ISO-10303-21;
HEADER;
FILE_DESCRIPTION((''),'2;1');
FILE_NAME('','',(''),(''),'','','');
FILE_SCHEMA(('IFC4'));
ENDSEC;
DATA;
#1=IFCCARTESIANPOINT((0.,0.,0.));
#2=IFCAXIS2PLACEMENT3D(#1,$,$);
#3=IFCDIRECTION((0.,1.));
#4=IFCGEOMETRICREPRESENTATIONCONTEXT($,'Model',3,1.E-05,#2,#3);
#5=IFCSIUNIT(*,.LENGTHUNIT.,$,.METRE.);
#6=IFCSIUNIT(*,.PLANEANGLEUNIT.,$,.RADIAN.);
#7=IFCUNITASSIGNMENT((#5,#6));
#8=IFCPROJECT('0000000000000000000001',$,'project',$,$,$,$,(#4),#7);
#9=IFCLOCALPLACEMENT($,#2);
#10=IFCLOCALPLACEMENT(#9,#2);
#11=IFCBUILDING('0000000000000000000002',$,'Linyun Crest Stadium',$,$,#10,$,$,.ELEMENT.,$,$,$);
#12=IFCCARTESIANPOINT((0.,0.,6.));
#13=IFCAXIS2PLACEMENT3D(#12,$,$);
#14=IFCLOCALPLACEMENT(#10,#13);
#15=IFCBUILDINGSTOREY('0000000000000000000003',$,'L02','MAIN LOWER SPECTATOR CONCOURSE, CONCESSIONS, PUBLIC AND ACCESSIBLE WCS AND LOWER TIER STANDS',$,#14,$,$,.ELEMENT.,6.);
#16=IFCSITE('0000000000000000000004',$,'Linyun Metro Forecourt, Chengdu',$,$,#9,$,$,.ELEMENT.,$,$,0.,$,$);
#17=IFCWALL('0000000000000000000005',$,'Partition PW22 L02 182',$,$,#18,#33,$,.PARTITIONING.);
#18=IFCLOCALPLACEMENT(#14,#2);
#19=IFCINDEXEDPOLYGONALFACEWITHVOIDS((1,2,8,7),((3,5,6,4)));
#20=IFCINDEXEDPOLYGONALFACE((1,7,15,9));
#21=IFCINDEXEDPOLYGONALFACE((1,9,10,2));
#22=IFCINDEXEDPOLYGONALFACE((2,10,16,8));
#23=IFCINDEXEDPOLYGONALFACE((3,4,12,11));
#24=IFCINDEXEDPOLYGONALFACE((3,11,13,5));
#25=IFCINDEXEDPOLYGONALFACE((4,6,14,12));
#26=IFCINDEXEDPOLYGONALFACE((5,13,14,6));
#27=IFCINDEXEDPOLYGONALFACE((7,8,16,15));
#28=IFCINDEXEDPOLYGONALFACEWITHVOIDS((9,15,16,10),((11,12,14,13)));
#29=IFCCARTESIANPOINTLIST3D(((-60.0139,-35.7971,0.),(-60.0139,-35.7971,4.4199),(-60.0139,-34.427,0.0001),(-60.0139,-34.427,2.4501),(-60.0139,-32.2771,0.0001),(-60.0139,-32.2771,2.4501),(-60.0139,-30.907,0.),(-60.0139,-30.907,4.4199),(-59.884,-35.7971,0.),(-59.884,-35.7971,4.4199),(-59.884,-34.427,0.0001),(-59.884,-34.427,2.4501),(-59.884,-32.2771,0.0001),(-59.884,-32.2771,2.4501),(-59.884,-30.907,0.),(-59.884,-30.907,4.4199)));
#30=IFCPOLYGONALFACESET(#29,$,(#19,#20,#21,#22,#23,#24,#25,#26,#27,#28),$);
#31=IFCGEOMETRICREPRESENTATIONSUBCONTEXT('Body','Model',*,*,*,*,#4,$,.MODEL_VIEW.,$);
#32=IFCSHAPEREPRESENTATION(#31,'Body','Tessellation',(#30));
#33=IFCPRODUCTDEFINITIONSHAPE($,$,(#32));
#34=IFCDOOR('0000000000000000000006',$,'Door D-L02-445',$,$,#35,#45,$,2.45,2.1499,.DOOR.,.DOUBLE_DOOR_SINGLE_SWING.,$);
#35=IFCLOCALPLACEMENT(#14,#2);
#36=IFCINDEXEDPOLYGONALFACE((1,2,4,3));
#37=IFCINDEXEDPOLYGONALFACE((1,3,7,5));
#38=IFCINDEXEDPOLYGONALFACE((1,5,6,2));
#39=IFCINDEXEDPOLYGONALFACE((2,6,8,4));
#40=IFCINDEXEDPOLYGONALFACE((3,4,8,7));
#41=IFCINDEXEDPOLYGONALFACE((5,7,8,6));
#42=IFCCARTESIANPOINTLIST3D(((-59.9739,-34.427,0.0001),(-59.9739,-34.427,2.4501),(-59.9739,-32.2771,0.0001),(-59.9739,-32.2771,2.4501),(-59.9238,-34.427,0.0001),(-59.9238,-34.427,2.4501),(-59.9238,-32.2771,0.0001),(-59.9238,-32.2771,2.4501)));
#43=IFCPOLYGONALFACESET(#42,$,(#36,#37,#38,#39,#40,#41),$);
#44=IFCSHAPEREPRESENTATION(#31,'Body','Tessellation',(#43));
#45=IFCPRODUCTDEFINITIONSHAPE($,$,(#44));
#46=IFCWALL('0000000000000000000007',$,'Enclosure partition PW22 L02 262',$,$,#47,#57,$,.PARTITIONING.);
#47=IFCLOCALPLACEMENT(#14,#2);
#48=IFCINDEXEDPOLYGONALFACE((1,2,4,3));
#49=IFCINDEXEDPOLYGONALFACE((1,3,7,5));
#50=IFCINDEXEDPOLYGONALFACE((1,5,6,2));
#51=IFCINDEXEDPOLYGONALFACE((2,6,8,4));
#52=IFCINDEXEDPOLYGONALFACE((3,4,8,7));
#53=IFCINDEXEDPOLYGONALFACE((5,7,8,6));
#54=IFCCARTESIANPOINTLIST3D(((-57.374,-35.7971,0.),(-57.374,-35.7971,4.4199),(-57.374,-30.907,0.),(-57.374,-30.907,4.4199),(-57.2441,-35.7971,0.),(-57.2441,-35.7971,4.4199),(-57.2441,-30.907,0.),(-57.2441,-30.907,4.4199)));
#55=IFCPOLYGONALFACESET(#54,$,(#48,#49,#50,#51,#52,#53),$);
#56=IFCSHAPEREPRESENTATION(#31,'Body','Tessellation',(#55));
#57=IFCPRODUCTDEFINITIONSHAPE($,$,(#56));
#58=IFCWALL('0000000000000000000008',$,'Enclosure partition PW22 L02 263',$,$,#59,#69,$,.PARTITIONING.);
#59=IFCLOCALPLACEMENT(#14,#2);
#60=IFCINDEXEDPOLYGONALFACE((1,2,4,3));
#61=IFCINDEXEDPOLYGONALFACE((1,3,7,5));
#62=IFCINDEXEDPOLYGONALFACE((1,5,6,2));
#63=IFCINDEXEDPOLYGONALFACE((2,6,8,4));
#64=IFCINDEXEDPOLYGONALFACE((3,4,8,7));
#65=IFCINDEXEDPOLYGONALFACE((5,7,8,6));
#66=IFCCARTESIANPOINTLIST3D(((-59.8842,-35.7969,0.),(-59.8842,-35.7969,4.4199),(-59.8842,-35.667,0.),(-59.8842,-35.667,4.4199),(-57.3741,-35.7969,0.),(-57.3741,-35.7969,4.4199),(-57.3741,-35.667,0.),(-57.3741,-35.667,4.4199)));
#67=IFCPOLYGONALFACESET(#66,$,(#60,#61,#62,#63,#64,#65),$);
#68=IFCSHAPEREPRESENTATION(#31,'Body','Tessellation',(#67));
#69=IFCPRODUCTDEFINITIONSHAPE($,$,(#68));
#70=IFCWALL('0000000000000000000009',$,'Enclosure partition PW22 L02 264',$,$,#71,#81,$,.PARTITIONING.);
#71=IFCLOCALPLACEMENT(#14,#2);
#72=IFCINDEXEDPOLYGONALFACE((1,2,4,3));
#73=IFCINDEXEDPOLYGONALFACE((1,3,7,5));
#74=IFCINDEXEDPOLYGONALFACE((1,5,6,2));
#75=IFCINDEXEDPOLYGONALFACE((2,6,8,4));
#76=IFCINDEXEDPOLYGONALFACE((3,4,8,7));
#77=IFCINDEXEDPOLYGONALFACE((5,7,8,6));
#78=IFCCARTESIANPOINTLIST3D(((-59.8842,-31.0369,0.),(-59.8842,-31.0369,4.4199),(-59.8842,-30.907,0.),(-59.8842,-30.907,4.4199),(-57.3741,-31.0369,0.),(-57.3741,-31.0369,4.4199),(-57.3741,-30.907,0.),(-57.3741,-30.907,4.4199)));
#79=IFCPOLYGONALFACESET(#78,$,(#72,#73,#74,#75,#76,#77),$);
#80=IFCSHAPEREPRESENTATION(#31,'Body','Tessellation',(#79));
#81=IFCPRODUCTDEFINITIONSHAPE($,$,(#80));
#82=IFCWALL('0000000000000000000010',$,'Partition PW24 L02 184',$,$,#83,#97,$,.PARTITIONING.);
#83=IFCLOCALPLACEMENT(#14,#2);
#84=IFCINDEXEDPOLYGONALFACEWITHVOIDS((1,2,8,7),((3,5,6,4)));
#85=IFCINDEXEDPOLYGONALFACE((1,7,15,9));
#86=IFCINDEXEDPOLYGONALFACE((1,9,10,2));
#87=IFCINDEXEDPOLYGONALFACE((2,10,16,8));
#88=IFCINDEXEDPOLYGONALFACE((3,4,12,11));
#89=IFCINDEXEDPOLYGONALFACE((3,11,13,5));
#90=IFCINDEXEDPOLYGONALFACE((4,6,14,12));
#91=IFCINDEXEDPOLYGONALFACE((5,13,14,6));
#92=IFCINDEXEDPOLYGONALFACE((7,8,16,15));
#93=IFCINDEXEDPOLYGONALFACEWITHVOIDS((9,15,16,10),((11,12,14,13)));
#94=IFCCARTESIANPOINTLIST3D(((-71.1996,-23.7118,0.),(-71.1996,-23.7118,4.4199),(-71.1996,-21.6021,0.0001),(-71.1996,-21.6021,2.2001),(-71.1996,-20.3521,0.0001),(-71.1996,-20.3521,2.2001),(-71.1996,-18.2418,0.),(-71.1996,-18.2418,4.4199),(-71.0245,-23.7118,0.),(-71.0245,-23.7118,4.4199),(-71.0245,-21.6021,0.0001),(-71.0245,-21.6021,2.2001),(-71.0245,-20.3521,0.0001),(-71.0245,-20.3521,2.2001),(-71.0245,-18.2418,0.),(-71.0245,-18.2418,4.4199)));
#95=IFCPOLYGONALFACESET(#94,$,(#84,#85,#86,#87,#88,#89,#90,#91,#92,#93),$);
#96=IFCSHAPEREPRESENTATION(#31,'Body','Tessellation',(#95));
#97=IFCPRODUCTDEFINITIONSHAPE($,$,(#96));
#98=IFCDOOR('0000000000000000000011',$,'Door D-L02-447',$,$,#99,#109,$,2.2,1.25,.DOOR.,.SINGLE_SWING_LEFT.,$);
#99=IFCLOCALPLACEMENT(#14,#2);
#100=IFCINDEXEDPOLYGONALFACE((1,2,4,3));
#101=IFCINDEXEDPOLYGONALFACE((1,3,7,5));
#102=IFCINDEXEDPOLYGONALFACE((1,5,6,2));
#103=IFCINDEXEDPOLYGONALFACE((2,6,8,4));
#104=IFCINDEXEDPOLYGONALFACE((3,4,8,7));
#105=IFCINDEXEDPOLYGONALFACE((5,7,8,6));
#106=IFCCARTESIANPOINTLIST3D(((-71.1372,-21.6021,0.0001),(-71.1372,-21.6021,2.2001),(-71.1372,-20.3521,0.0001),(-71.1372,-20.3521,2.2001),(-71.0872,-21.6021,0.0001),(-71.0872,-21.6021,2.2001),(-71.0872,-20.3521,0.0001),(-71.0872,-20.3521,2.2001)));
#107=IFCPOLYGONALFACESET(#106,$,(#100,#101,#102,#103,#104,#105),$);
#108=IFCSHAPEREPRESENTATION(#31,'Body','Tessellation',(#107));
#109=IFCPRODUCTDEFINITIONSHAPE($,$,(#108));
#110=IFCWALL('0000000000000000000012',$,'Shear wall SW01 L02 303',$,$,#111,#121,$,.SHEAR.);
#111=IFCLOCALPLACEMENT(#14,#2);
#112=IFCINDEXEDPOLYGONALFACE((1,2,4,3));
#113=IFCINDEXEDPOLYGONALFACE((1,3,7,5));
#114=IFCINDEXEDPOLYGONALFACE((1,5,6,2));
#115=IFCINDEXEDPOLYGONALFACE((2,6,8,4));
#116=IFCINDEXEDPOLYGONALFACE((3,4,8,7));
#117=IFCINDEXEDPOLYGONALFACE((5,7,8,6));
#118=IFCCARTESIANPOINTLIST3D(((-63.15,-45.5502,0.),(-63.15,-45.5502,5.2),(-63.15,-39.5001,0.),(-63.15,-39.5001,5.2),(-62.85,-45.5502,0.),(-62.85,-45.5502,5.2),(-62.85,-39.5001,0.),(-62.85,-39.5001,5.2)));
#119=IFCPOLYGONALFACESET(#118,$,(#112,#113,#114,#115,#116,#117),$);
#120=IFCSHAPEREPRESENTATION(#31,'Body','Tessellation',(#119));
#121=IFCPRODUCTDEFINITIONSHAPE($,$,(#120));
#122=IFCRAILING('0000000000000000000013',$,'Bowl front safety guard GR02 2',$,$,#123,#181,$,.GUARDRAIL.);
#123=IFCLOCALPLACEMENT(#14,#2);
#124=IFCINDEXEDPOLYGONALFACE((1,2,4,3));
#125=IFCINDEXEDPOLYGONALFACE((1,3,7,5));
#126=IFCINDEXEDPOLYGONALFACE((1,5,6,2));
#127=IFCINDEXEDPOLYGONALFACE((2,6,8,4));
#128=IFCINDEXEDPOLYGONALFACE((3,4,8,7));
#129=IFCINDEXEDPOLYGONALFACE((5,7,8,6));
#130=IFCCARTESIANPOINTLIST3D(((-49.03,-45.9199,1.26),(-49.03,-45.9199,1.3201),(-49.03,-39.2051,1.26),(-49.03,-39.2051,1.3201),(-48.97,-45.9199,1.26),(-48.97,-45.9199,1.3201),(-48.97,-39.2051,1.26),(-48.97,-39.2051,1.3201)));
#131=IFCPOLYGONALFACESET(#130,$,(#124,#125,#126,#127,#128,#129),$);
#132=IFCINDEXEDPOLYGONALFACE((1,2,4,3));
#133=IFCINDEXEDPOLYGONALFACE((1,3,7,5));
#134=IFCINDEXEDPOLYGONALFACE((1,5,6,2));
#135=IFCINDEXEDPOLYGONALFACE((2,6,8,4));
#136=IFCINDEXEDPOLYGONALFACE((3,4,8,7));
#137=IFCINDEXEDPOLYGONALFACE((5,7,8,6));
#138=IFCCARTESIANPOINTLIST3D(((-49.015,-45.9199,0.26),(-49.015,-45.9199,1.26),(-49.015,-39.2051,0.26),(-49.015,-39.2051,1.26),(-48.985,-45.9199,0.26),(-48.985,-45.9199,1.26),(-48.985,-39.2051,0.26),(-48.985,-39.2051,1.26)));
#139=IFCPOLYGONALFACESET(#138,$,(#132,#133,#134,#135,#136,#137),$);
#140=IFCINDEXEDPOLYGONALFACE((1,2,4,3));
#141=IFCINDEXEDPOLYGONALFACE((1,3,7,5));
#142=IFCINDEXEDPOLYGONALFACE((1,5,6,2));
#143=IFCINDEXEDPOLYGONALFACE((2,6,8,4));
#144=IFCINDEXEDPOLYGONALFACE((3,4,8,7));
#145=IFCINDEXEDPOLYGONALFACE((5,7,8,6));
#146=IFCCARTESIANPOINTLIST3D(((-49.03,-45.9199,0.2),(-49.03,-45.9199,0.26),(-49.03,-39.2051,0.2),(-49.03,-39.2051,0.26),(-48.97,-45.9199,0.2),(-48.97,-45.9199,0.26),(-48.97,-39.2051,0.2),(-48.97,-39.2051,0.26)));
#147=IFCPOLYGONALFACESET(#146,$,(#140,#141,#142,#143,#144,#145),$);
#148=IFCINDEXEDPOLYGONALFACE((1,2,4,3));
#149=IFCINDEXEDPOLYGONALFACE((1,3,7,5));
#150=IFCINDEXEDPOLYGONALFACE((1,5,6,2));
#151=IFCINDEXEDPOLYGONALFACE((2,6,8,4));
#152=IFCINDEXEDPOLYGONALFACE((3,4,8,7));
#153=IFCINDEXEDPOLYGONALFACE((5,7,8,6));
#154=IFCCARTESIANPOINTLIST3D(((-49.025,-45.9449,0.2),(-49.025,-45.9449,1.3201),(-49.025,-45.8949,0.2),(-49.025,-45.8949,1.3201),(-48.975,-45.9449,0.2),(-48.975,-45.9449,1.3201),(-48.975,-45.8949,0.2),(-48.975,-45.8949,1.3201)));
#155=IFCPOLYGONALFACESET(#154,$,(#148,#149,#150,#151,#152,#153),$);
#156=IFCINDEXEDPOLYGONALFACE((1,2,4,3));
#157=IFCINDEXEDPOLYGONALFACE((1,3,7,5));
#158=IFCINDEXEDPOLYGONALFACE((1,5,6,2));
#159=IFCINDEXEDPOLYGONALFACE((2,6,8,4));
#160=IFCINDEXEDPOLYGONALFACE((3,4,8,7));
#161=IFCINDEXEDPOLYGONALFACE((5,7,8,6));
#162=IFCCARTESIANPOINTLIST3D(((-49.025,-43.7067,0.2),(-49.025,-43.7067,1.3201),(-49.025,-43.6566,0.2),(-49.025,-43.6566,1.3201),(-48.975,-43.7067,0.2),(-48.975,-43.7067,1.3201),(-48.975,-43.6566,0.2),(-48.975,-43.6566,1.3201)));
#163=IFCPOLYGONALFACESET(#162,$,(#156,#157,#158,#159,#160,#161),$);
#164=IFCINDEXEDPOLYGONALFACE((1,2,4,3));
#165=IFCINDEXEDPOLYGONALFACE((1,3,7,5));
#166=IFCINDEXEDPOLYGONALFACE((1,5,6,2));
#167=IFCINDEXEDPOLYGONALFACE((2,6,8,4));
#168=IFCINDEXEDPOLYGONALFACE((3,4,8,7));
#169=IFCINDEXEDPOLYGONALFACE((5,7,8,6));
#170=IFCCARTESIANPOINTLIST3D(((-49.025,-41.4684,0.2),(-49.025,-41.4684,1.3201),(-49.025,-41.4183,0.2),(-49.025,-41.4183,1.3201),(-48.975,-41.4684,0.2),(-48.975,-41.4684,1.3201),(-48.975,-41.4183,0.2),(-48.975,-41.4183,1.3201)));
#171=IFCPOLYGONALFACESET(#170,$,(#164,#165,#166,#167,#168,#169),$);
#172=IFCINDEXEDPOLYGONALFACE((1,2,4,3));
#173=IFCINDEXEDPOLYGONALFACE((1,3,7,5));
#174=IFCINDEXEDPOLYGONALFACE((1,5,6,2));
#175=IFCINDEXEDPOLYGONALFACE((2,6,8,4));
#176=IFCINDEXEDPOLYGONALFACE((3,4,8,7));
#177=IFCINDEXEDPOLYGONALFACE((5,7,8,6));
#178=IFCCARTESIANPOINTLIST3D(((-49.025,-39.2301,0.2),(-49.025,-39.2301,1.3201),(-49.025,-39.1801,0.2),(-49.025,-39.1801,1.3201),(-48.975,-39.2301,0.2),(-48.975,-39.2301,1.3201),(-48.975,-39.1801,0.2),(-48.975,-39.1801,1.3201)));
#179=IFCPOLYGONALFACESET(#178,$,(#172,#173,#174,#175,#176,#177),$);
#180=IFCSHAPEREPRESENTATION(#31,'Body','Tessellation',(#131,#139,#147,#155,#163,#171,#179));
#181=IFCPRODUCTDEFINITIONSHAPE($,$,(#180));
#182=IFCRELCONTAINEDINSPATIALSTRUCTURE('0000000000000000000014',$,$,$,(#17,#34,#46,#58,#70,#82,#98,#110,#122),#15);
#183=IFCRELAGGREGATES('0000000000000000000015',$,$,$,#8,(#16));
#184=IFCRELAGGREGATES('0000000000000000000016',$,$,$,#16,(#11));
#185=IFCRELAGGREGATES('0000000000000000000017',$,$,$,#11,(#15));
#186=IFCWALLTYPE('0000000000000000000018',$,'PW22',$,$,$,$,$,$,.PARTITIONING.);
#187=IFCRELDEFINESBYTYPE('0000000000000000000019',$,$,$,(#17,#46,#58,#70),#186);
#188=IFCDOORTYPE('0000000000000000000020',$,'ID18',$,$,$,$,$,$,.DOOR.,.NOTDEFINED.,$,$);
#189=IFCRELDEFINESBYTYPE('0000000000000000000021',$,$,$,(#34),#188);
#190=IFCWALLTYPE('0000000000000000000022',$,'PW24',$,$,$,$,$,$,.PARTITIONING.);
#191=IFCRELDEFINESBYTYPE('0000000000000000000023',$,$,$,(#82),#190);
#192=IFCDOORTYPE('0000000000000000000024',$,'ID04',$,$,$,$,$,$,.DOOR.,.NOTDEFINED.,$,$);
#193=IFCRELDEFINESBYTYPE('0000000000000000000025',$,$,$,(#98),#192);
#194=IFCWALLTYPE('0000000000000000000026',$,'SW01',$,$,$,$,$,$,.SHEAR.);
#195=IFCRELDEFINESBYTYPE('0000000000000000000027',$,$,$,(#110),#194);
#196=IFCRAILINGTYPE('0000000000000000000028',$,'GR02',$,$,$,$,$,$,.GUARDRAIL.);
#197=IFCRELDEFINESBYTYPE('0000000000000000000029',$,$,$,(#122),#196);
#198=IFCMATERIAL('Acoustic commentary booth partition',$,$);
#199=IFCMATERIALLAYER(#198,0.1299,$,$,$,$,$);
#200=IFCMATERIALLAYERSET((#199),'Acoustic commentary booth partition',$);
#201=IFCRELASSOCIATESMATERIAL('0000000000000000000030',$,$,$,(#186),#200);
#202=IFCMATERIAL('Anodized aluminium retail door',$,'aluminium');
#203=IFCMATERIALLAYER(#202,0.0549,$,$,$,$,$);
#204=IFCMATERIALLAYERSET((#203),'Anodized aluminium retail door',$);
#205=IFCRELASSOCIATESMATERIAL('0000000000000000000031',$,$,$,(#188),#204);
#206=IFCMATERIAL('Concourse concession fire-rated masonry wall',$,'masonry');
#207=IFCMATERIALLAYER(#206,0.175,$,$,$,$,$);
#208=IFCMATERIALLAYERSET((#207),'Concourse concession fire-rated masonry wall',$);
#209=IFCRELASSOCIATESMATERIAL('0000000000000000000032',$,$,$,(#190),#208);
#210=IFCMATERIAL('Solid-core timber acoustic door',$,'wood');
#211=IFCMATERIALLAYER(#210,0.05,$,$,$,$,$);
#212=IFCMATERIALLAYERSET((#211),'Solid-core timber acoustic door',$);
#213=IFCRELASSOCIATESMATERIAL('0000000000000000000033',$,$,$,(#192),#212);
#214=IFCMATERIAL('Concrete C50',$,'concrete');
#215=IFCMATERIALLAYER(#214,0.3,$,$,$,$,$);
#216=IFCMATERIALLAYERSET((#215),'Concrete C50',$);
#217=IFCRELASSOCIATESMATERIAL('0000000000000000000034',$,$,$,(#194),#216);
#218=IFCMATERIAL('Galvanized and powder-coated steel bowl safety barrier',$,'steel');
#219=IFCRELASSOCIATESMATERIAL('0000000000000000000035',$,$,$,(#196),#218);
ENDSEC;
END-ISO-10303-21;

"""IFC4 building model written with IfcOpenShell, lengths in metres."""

from ifc_helpers import new_model, si_unit, direction, frame, frame_2d, origin, origin_2d, place, context, subcontext, project, spatial, rectangle, extrude, material, layer, layer_set, type_object, element, fill, save


model = new_model("IFC4")

# Units and contexts
model_context = context("Model", 3, precision=1e-05, world=origin(), true_north=direction((0.0, 1.0)))
body_context = subcontext(model_context, "Body", "Model", "MODEL_VIEW")
ifc_project = project(units=[si_unit("LENGTHUNIT", "METRE"), si_unit("PLANEANGLEUNIT", "RADIAN")], contexts=[model_context])

# Site, building, storey
site_placement = place(None, origin())
site = spatial("IfcSite", under=ifc_project, at=site_placement, Name="Linyun Metro Forecourt, Chengdu", CompositionType="ELEMENT", RefElevation=0.0)
building_placement = place(site_placement, origin())
building = spatial("IfcBuilding", under=site, at=building_placement, Name="Linyun Crest Stadium", CompositionType="ELEMENT")
storey_placement = place(building_placement, frame((0.0, 0.0, 6.0)))
storey = spatial("IfcBuildingStorey", under=building, at=storey_placement, Name="L02", Description="MAIN LOWER SPECTATOR CONCOURSE, CONCESSIONS, PUBLIC AND ACCESSIBLE WCS AND LOWER TIER STANDS", CompositionType="ELEMENT", Elevation=6.0)

# Wall, opening, door
ifc_material_1 = material(Name="Acoustic commentary booth partition")
ifc_layer_1 = layer(ifc_material_1, 0.1299)
ifc_layer_set_1 = layer_set([ifc_layer_1], Name="Acoustic commentary booth partition")
wall_type_1 = type_object("IfcWallType", Name="PW22", PredefinedType="PARTITIONING", material=ifc_layer_set_1)
wall_1_placement = place(storey_placement, frame((-59.949, -35.7971, 0.0), z_axis=(0.0, 0.0, 1.0), x_axis=(0.0, 1.0, 0.0)))
wall_1 = element("IfcWall", 1, at=wall_1_placement, inside=storey, type_object=wall_type_1, Name="Partition PW22 L02 182", PredefinedType="PARTITIONING", context=body_context, shape_type="SweptSolid", body=[
    extrude(rectangle(XDim=4.8901, YDim=0.1299, at=frame_2d((2.4451, 0.0))), origin(), (0.0, 0.0, 1.0), 4.4199),
])
opening_1_placement = place(wall_1_placement, frame((1.3701, 0.0, 0.0)))
opening_1 = element("IfcOpeningElement", 2, at=opening_1_placement, cuts=wall_1, PredefinedType="OPENING", context=body_context, shape_type="SweptSolid", body=[
    extrude(rectangle(XDim=2.1499, YDim=2.45, at=frame_2d((1.075, 1.2251))), frame((0.0, 0.075, 0.0), z_axis=(0.0, -1.0, 0.0), x_axis=(1.0, 0.0, 0.0)), (0.0, 0.0, 1.0), 0.1499),
])
ifc_material_2 = material(Name="Anodized aluminium retail door", Category="aluminium")
ifc_layer_2 = layer(ifc_material_2, 0.0549)
ifc_layer_set_2 = layer_set([ifc_layer_2], Name="Anodized aluminium retail door")
door_type_1 = type_object("IfcDoorType", Name="ID18", OperationType="NOTDEFINED", PredefinedType="DOOR", material=ifc_layer_set_2)
door_1_placement = place(opening_1_placement, origin())
door_1 = element("IfcDoor", 3, at=door_1_placement, inside=storey, type_object=door_type_1, Name="Door D-L02-445", OperationType="DOUBLE_DOOR_SINGLE_SWING", OverallHeight=2.45, OverallWidth=2.1499, PredefinedType="DOOR", context=body_context, shape_type="SweptSolid", body=[
    extrude(rectangle(XDim=2.1499, YDim=2.45, at=frame_2d((1.075, 1.2251))), frame((0.0, 0.0249, 0.0), z_axis=(0.0, -1.0, 0.0), x_axis=(1.0, 0.0, 0.0)), (0.0, 0.0, 1.0), 0.05),
])
fill(opening_1, door_1)

# Walls
wall_2_placement = place(storey_placement, frame((-57.3091, -35.7971, 0.0), z_axis=(0.0, 0.0, 1.0), x_axis=(0.0, 1.0, 0.0)))
element("IfcWall", 4, at=wall_2_placement, inside=storey, type_object=wall_type_1, Name="Enclosure partition PW22 L02 262", PredefinedType="PARTITIONING", context=body_context, shape_type="SweptSolid", body=[
    extrude(rectangle(XDim=4.8901, YDim=0.1299, at=frame_2d((2.4451, 0.0))), origin(), (0.0, 0.0, 1.0), 4.4199),
])
for number, where, z_axis, x_axis, name in (
    (5, (-59.884, -35.7319, 0.0), (0.0, 0.0, 1.0), (1.0, 0.0, 0.0), "Enclosure partition PW22 L02 263"),
    (6, (-59.884, -30.9719, 0.0), (0.0, 0.0, 1.0), (1.0, 0.0, 0.0), "Enclosure partition PW22 L02 264"),
):
    element("IfcWall", number, at=place(storey_placement, frame(where, z_axis=z_axis, x_axis=x_axis)), inside=storey, type_object=wall_type_1, Name=name, PredefinedType="PARTITIONING", context=body_context, shape_type="SweptSolid", body=[
        extrude(rectangle(XDim=2.51, YDim=0.1299, at=frame_2d((1.2549, 0.0))), origin(), (0.0, 0.0, 1.0), 4.4199),
    ])

# Wall, opening, door
ifc_material_3 = material(Name="Concourse concession fire-rated masonry wall", Category="masonry")
ifc_layer_3 = layer(ifc_material_3, 0.175)
ifc_layer_set_3 = layer_set([ifc_layer_3], Name="Concourse concession fire-rated masonry wall")
wall_type_2 = type_object("IfcWallType", Name="PW24", PredefinedType="PARTITIONING", material=ifc_layer_set_3)
wall_3_placement = place(storey_placement, frame((-71.1121, -18.2419, 0.0), z_axis=(0.0, 0.0, 1.0), x_axis=(0.0, -1.0, 0.0)))
wall_3 = element("IfcWall", 7, at=wall_3_placement, inside=storey, type_object=wall_type_2, Name="Partition PW24 L02 184", PredefinedType="PARTITIONING", context=body_context, shape_type="SweptSolid", body=[
    extrude(rectangle(XDim=5.47, YDim=0.175, at=frame_2d((2.7349, 0.0))), origin(), (0.0, 0.0, 1.0), 4.4199),
])
opening_2_placement = place(wall_3_placement, frame((2.1101, 0.0, 0.0)))
opening_2 = element("IfcOpeningElement", 8, at=opening_2_placement, cuts=wall_3, PredefinedType="OPENING", context=body_context, shape_type="SweptSolid", body=[
    extrude(rectangle(XDim=1.25, YDim=2.2, at=frame_2d((0.625, 1.1001))), frame((0.0, 0.0974, 0.0), z_axis=(0.0, -1.0, 0.0), x_axis=(1.0, 0.0, 0.0)), (0.0, 0.0, 1.0), 0.1951),
])
ifc_material_4 = material(Name="Solid-core timber acoustic door", Category="wood")
ifc_layer_4 = layer(ifc_material_4, 0.05)
ifc_layer_set_4 = layer_set([ifc_layer_4], Name="Solid-core timber acoustic door")
door_type_2 = type_object("IfcDoorType", Name="ID04", OperationType="NOTDEFINED", PredefinedType="DOOR", material=ifc_layer_set_4)
door_2_placement = place(opening_2_placement, origin())
door_2 = element("IfcDoor", 9, at=door_2_placement, inside=storey, type_object=door_type_2, Name="Door D-L02-447", OperationType="SINGLE_SWING_LEFT", OverallHeight=2.2, OverallWidth=1.25, PredefinedType="DOOR", context=body_context, shape_type="SweptSolid", body=[
    extrude(rectangle(XDim=1.25, YDim=2.2, at=frame_2d((0.625, 1.1001))), frame((0.0, 0.0249, 0.0), z_axis=(0.0, -1.0, 0.0), x_axis=(1.0, 0.0, 0.0)), (0.0, 0.0, 1.0), 0.05),
])
fill(opening_2, door_2)

# Wall
ifc_material_5 = material(Name="Concrete C50", Category="concrete")
ifc_layer_5 = layer(ifc_material_5, 0.3)
ifc_layer_set_5 = layer_set([ifc_layer_5], Name="Concrete C50")
wall_type_3 = type_object("IfcWallType", Name="SW01", PredefinedType="SHEAR", material=ifc_layer_set_5)
wall_4_placement = place(storey_placement, frame((-63.0, -45.55, 0.0), z_axis=(0.0, 0.0, 1.0), x_axis=(0.0, 1.0, 0.0)))
element("IfcWall", 10, at=wall_4_placement, inside=storey, type_object=wall_type_3, Name="Shear wall SW01 L02 303", PredefinedType="SHEAR", context=body_context, shape_type="SweptSolid", body=[
    extrude(rectangle(XDim=6.05, YDim=0.3, at=frame_2d((3.0249, 0.0))), origin(), (0.0, 0.0, 1.0), 5.2),
])

# Railing
ifc_material_6 = material(Name="Galvanized and powder-coated steel bowl safety barrier", Category="steel")
railing_type = type_object("IfcRailingType", Name="GR02", PredefinedType="GUARDRAIL", material=ifc_material_6)
railing_1_placement = place(storey_placement, frame((-49.0, -45.9199, 0.2)))
element("IfcRailing", 11, at=railing_1_placement, inside=storey, type_object=railing_type, Name="Bowl front safety guard GR02 2", PredefinedType="GUARDRAIL", context=body_context, shape_type="SweptSolid", body=[
    extrude(rectangle(XDim=0.0601, YDim=0.0601, at=origin_2d()), frame((0.0, 0.0, 1.0901), z_axis=(0.0, 1.0, 0.0), x_axis=(-1.0, 0.0, 0.0)), (0.0, 0.0, 1.0), 6.7148),
    extrude(rectangle(XDim=0.03, YDim=1.0, at=origin_2d()), frame((0.0, 0.0, 0.5601), z_axis=(0.0, 1.0, 0.0), x_axis=(-1.0, 0.0, 0.0)), (0.0, 0.0, 1.0), 6.7148),
    extrude(rectangle(XDim=0.0601, YDim=0.0601, at=origin_2d()), frame((0.0, 0.0, 0.03), z_axis=(0.0, 1.0, 0.0), x_axis=(-1.0, 0.0, 0.0)), (0.0, 0.0, 1.0), 6.7148),
    extrude(rectangle(XDim=0.05, YDim=0.05, at=origin_2d()), origin(), (0.0, 0.0, 1.0), 1.1201),
    extrude(rectangle(XDim=0.05, YDim=0.05, at=origin_2d()), frame((0.0, 2.2383, 0.0)), (0.0, 0.0, 1.0), 1.1201),
    extrude(rectangle(XDim=0.05, YDim=0.05, at=origin_2d()), frame((0.0, 4.4766, 0.0)), (0.0, 0.0, 1.0), 1.1201),
    extrude(rectangle(XDim=0.05, YDim=0.05, at=origin_2d()), frame((0.0, 6.7148, 0.0)), (0.0, 0.0, 1.0), 1.1201),
])

save(model, "model.ifc")
